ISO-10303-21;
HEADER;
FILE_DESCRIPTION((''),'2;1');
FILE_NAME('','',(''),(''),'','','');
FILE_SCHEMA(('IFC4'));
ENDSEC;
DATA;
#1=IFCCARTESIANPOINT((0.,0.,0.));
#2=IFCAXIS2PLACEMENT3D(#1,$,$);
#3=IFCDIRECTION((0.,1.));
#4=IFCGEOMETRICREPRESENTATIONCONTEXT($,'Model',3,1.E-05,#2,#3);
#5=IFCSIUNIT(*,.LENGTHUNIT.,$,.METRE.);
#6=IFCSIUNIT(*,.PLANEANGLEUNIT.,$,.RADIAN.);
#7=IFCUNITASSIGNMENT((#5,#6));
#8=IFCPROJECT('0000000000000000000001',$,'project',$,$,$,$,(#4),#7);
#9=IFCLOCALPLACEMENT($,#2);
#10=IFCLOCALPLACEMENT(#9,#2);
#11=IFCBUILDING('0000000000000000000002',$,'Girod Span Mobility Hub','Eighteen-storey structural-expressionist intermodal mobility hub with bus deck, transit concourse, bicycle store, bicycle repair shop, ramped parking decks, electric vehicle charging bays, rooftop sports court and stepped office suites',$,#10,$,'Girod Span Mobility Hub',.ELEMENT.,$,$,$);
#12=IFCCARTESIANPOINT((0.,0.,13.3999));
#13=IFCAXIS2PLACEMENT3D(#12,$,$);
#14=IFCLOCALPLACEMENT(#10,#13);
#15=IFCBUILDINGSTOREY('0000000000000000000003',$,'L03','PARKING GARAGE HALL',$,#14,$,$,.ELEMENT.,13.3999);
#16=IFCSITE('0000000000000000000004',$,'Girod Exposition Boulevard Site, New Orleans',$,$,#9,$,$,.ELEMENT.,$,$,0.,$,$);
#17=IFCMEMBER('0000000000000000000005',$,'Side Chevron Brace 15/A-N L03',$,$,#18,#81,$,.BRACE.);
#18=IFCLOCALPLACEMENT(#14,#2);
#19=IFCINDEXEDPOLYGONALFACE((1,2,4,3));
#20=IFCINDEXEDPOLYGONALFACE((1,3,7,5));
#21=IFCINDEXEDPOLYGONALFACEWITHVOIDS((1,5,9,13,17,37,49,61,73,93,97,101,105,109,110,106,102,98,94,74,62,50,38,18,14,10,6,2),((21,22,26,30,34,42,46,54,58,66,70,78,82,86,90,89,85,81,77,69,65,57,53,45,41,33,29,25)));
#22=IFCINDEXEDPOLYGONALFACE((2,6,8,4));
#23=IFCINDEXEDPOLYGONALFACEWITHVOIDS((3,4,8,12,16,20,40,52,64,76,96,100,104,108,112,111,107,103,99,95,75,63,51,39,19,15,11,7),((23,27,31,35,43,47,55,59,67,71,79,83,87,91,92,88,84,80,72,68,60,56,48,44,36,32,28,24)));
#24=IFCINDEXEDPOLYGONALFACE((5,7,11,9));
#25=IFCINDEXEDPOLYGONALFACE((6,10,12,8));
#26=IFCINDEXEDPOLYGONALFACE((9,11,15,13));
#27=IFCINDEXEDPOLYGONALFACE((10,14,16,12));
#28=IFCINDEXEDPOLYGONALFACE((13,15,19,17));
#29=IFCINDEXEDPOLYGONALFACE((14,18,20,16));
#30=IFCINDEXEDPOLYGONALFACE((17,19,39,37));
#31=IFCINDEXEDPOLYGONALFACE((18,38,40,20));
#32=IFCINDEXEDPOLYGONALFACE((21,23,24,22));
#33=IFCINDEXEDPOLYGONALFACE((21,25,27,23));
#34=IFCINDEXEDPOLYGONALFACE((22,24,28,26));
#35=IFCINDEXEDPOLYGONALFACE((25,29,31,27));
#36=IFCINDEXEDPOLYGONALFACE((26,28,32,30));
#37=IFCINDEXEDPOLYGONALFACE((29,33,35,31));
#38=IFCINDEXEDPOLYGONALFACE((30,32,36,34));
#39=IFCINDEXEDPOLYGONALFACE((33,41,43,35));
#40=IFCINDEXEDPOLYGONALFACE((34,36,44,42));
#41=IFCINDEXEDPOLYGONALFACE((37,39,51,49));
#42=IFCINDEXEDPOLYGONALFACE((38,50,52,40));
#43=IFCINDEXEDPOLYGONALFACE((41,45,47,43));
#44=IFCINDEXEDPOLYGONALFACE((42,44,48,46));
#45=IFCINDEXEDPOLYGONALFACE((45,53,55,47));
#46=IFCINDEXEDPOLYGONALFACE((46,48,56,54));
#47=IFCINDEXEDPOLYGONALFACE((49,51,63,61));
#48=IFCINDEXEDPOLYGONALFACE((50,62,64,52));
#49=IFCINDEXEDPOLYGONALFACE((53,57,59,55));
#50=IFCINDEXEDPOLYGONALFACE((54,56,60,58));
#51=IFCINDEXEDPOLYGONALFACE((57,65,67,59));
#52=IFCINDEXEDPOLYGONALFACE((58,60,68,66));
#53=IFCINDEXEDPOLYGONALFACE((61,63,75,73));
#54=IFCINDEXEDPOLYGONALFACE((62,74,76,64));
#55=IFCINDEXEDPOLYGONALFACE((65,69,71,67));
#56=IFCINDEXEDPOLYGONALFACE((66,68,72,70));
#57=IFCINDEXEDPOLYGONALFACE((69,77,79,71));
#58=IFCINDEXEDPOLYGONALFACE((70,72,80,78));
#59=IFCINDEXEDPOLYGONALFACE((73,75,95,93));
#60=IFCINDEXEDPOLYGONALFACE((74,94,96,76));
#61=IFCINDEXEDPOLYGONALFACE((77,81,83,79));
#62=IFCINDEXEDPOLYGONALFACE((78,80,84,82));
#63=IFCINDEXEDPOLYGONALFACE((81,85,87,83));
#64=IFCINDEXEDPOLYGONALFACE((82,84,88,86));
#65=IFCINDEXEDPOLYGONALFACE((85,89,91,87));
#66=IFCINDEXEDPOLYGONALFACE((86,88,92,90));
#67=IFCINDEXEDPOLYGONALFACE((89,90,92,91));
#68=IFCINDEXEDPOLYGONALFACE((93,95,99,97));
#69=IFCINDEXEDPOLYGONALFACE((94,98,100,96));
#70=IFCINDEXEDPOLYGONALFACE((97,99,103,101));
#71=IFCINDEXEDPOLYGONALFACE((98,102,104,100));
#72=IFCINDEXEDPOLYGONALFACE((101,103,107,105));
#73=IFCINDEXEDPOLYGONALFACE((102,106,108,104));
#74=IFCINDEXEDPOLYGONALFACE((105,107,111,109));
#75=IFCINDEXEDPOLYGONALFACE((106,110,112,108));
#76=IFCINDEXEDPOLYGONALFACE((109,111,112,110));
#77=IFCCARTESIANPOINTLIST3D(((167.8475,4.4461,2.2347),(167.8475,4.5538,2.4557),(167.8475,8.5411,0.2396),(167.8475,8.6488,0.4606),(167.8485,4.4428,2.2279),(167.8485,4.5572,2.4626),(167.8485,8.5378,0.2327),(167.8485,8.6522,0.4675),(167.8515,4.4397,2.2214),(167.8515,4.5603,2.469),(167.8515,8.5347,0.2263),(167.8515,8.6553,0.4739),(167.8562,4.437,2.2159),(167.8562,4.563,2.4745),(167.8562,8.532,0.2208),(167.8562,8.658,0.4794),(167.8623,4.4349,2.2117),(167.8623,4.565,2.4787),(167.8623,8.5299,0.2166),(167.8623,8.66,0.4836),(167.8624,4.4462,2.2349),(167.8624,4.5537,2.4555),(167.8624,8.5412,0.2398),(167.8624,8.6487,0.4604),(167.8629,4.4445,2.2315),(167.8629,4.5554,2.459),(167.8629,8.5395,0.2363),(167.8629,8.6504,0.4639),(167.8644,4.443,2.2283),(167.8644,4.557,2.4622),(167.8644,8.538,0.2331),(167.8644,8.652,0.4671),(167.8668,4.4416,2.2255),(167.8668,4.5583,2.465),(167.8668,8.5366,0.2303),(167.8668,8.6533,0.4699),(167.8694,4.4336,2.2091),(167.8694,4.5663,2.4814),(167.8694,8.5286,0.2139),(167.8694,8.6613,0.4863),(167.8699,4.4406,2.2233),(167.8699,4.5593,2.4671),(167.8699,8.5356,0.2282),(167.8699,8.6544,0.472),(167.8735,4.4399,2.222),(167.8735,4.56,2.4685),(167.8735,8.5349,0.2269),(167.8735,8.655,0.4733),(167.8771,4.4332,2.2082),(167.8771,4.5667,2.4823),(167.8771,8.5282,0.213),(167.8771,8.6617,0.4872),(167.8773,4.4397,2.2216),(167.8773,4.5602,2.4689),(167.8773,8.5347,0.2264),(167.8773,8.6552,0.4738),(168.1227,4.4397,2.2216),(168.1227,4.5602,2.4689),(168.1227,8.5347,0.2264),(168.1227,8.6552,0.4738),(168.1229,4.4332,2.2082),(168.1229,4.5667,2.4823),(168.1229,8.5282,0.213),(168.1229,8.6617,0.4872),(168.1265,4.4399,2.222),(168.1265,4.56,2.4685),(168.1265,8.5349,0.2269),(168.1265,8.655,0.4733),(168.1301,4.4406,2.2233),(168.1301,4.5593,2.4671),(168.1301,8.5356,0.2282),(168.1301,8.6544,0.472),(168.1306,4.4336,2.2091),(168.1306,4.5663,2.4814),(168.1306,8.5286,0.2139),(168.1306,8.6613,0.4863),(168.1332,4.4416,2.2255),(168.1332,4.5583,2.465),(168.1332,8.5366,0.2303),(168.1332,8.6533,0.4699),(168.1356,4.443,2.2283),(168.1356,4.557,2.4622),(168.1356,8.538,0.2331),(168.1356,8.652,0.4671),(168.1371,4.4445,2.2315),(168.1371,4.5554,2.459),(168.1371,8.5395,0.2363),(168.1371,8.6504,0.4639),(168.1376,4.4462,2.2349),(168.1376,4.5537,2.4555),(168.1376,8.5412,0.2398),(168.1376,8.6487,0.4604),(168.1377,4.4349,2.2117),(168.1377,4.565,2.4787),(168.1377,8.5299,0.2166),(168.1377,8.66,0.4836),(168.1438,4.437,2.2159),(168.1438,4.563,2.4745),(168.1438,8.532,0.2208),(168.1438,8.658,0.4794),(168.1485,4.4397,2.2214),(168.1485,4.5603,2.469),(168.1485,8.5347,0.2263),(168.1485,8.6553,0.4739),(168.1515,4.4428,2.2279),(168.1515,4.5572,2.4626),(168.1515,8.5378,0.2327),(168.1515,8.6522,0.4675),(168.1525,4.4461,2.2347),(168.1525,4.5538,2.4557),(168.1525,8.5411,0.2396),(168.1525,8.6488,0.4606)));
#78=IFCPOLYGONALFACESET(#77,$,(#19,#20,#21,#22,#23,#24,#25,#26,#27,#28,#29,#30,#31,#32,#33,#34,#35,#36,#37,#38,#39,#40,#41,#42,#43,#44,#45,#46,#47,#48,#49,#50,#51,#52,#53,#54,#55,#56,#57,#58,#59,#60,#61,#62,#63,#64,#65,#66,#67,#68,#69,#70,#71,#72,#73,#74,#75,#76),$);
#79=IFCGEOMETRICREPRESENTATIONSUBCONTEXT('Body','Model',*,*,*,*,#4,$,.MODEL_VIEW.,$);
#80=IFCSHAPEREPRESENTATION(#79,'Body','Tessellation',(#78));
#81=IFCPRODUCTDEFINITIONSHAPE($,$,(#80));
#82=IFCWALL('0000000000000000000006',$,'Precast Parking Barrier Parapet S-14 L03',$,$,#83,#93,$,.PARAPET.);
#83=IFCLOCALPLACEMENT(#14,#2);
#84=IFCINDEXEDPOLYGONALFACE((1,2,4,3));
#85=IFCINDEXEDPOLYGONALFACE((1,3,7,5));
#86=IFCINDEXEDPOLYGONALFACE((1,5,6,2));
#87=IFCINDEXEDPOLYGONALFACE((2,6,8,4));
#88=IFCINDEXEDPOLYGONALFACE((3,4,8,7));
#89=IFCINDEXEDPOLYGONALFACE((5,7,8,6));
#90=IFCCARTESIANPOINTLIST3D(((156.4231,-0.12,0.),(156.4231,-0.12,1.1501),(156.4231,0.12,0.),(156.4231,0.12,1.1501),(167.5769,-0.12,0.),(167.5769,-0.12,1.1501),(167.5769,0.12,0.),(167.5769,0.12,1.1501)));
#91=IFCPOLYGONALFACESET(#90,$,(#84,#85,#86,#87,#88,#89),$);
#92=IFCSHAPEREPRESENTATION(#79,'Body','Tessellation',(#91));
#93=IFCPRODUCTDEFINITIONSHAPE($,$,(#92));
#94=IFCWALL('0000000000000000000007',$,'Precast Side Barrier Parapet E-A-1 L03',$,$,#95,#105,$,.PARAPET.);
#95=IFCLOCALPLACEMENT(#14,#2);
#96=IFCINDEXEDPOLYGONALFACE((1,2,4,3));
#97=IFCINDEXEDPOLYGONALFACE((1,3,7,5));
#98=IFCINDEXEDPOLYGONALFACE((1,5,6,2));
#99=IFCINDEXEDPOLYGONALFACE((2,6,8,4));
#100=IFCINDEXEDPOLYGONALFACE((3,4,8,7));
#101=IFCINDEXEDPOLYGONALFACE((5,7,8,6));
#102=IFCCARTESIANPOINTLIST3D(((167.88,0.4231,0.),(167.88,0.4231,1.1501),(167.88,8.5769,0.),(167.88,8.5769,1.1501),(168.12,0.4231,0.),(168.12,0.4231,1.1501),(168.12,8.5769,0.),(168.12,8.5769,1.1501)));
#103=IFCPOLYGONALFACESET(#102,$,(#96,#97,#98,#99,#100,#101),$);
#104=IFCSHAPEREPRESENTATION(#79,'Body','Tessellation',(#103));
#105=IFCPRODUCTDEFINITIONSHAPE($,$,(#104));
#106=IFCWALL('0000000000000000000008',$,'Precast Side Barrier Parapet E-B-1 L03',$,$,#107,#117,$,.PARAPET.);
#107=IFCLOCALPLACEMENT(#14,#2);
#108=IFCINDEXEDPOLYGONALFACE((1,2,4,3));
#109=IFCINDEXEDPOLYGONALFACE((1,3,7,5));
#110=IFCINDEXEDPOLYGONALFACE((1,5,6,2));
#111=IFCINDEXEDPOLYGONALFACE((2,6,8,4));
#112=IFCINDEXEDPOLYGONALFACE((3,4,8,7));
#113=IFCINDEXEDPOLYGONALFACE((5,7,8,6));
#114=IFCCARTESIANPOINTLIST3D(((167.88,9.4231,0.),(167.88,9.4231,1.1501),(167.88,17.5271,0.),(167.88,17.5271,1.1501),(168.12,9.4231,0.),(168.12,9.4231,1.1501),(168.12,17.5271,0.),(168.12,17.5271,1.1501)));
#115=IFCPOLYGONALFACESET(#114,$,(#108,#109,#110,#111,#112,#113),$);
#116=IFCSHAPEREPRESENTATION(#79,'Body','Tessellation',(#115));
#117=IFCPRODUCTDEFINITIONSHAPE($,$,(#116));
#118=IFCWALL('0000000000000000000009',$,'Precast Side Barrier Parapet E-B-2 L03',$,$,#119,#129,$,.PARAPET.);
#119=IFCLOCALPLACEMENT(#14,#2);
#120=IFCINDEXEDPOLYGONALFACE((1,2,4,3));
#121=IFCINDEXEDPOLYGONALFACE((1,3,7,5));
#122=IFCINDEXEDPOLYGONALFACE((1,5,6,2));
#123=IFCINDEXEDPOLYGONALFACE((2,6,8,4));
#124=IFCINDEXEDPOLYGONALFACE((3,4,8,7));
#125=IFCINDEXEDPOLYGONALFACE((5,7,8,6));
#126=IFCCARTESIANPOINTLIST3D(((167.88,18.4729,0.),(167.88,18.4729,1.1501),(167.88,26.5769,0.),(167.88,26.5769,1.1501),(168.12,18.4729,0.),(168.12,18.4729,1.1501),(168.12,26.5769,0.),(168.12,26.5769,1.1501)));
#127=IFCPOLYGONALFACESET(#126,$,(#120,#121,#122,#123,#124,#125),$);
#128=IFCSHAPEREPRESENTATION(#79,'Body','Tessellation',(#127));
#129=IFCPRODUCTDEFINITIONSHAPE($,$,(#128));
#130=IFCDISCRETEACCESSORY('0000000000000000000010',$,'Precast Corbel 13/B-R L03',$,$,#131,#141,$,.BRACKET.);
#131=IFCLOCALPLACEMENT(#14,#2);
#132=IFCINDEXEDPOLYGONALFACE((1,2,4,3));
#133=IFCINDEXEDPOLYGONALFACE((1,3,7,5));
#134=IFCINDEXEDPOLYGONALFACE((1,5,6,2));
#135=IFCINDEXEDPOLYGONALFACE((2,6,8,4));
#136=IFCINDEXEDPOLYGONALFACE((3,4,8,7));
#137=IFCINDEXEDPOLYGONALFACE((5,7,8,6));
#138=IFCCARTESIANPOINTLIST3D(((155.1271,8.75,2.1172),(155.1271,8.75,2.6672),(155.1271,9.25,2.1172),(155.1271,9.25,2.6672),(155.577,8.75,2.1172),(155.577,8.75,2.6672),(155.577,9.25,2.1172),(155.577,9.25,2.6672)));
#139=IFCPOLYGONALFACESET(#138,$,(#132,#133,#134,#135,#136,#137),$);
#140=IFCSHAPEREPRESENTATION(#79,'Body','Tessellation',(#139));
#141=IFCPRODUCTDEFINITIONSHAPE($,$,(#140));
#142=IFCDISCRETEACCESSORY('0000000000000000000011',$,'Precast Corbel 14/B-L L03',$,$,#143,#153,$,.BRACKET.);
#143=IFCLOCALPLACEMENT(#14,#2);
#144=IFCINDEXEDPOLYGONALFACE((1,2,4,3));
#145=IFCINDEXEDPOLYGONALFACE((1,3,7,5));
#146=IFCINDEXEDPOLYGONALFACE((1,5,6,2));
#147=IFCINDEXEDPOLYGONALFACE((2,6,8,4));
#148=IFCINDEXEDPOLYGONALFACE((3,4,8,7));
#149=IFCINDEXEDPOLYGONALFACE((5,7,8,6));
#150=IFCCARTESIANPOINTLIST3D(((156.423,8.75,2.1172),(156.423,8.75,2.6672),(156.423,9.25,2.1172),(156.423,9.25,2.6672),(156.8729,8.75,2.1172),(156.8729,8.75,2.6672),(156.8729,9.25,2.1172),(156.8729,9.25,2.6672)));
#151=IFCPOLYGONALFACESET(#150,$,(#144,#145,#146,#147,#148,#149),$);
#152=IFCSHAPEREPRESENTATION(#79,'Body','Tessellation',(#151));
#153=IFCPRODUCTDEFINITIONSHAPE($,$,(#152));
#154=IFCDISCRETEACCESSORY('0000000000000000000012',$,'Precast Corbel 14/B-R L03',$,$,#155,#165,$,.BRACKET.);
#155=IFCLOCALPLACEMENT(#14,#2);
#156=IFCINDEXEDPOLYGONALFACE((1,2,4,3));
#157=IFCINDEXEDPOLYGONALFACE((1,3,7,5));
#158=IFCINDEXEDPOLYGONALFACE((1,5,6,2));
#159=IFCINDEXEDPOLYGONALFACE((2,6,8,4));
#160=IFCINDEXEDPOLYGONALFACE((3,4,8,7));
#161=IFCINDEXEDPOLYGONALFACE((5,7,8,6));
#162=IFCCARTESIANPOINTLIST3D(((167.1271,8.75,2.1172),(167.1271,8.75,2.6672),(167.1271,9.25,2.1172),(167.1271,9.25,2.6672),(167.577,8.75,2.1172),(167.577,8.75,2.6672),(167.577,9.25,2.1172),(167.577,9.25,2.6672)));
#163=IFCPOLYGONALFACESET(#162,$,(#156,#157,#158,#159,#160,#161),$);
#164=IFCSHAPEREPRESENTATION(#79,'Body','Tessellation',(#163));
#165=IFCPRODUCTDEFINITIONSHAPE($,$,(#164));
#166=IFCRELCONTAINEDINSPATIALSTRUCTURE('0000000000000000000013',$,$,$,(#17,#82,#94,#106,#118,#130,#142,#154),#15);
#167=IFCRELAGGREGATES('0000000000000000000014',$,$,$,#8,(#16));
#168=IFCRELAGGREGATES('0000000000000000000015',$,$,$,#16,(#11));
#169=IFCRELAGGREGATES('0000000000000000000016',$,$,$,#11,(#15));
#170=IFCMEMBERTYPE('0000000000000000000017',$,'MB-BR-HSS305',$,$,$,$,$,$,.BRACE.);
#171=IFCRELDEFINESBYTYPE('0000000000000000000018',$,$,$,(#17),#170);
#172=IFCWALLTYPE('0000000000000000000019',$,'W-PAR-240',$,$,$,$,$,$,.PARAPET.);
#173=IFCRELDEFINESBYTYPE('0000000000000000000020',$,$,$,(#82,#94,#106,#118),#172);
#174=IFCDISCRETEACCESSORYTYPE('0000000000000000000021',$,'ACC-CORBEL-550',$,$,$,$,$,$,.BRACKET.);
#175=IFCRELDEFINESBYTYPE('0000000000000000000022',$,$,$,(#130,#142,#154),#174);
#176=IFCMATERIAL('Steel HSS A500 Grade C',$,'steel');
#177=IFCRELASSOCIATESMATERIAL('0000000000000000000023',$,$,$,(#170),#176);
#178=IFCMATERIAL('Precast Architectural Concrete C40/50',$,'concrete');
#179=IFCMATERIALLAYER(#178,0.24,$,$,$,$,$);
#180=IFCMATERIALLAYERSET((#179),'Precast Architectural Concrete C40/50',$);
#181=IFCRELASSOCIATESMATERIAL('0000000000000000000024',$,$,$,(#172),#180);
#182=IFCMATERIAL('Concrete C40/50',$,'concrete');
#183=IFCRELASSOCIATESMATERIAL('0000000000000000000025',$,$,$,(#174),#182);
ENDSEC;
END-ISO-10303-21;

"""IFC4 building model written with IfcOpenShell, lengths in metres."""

from ifc_helpers import new_model, si_unit, direction, frame, frame_2d, origin, origin_2d, place, context, subcontext, project, spatial, rectangle, hollow_rectangle, extrude, material, layer, layer_set, material_profile, profile_set, type_object, element, save


model = new_model("IFC4")

# Units and contexts
model_context = context("Model", 3, precision=1e-05, world=origin(), true_north=direction((0.0, 1.0)))
body_context = subcontext(model_context, "Body", "Model", "MODEL_VIEW")
ifc_project = project(units=[si_unit("LENGTHUNIT", "METRE"), si_unit("PLANEANGLEUNIT", "RADIAN")], contexts=[model_context])

# Site, building, storey
site_placement = place(None, origin())
site = spatial("IfcSite", under=ifc_project, at=site_placement, Name="Girod Exposition Boulevard Site, New Orleans", CompositionType="ELEMENT", RefElevation=0.0)
building_placement = place(site_placement, origin())
building = spatial("IfcBuilding", under=site, at=building_placement, Name="Girod Span Mobility Hub", Description="Eighteen-storey structural-expressionist intermodal mobility hub with bus deck, transit concourse, bicycle store, bicycle repair shop, ramped parking decks, electric vehicle charging bays, rooftop sports court and stepped office suites", LongName="Girod Span Mobility Hub", CompositionType="ELEMENT")
storey_placement = place(building_placement, frame((0.0, 0.0, 13.3999)))
storey = spatial("IfcBuildingStorey", under=building, at=storey_placement, Name="L03", Description="PARKING GARAGE HALL", CompositionType="ELEMENT", Elevation=13.3999)

# Member
ifc_material_1 = material(Name="Steel HSS A500 Grade C", Category="steel")
ifc_material_profile_1 = material_profile(ifc_material_1, hollow_rectangle(XDim=0.3049, YDim=0.3049, WallThickness=0.0149, InnerFilletRadius=0.0149, OuterFilletRadius=0.0295, at=origin_2d()), Name="HSS305X305X16")
ifc_profile_set_1 = profile_set([ifc_material_profile_1], Name="Steel HSS A500 Grade C")
member_type = type_object("IfcMemberType", Name="MB-BR-HSS305", PredefinedType="BRACE", material=ifc_profile_set_1)
for number, where, z_axis, x_axis, name in (
    (1, (168.0, 8.595, 0.3501), (0.0, -0.898979, 0.437993), (1.0, 0.0, 0.0), "Side Chevron Brace 15/A-N L03"),
):
    element("IfcMember", number, at=place(storey_placement, frame(where, z_axis=z_axis, x_axis=x_axis)), inside=storey, type_object=member_type, Name=name, PredefinedType="BRACE", context=body_context, shape_type="SweptSolid", body=[
        extrude(hollow_rectangle(XDim=0.3049, YDim=0.3049, WallThickness=0.0149, InnerFilletRadius=0.0149, OuterFilletRadius=0.0295, at=origin_2d()), origin(), (0.0, 0.0, 1.0), 4.5552),
    ])

# Walls
ifc_material_2 = material(Name="Precast Architectural Concrete C40/50", Category="concrete")
ifc_layer = layer(ifc_material_2, 0.24)
ifc_layer_set = layer_set([ifc_layer], Name="Precast Architectural Concrete C40/50")
wall_type = type_object("IfcWallType", Name="W-PAR-240", PredefinedType="PARAPET", material=ifc_layer_set)
wall_1_placement = place(storey_placement, frame((156.4231, 0.0, 0.0), z_axis=(0.0, 0.0, 1.0), x_axis=(1.0, 0.0, 0.0)))
element("IfcWall", 2, at=wall_1_placement, inside=storey, type_object=wall_type, Name="Precast Parking Barrier Parapet S-14 L03", PredefinedType="PARAPET", context=body_context, shape_type="SweptSolid", body=[
    extrude(rectangle(XDim=11.1538, YDim=0.24, at=frame_2d((5.5769, 0.0))), origin(), (0.0, 0.0, 1.0), 1.1501),
])
wall_2_placement = place(storey_placement, frame((168.0, 0.4231, 0.0), z_axis=(0.0, 0.0, 1.0), x_axis=(0.0, 1.0, 0.0)))
element("IfcWall", 3, at=wall_2_placement, inside=storey, type_object=wall_type, Name="Precast Side Barrier Parapet E-A-1 L03", PredefinedType="PARAPET", context=body_context, shape_type="SweptSolid", body=[
    extrude(rectangle(XDim=8.1538, YDim=0.24, at=frame_2d((4.0769, 0.0))), origin(), (0.0, 0.0, 1.0), 1.1501),
])
for number, where, z_axis, x_axis, name in (
    (4, (168.0, 9.4231, 0.0), (0.0, 0.0, 1.0), (0.0, 1.0, 0.0), "Precast Side Barrier Parapet E-B-1 L03"),
    (5, (168.0, 18.4729, 0.0), (0.0, 0.0, 1.0), (0.0, 1.0, 0.0), "Precast Side Barrier Parapet E-B-2 L03"),
):
    element("IfcWall", number, at=place(storey_placement, frame(where, z_axis=z_axis, x_axis=x_axis)), inside=storey, type_object=wall_type, Name=name, PredefinedType="PARAPET", context=body_context, shape_type="SweptSolid", body=[
        extrude(rectangle(XDim=8.104, YDim=0.24, at=frame_2d((4.052, 0.0))), origin(), (0.0, 0.0, 1.0), 1.1501),
    ])

# Discrete accessories
ifc_material_3 = material(Name="Concrete C40/50", Category="concrete")
discrete_accessory_type = type_object("IfcDiscreteAccessoryType", Name="ACC-CORBEL-550", PredefinedType="BRACKET", material=ifc_material_3)
for number, where, z_axis, x_axis, name in (
    (6, (155.3521, 9.0, 2.1172), (0.0, 0.0, 1.0), (1.0, 0.0, 0.0), "Precast Corbel 13/B-R L03"),
    (7, (156.6479, 9.0, 2.1172), (0.0, 0.0, 1.0), (1.0, 0.0, 0.0), "Precast Corbel 14/B-L L03"),
    (8, (167.3521, 9.0, 2.1172), (0.0, 0.0, 1.0), (1.0, 0.0, 0.0), "Precast Corbel 14/B-R L03"),
):
    element("IfcDiscreteAccessory", number, at=place(storey_placement, frame(where, z_axis=z_axis, x_axis=x_axis)), inside=storey, type_object=discrete_accessory_type, Name=name, PredefinedType="BRACKET", context=body_context, shape_type="SweptSolid", body=[
        extrude(rectangle(XDim=0.45, YDim=0.5, at=origin_2d()), origin(), (0.0, 0.0, 1.0), 0.55),
    ])

save(model, "model.ifc")
